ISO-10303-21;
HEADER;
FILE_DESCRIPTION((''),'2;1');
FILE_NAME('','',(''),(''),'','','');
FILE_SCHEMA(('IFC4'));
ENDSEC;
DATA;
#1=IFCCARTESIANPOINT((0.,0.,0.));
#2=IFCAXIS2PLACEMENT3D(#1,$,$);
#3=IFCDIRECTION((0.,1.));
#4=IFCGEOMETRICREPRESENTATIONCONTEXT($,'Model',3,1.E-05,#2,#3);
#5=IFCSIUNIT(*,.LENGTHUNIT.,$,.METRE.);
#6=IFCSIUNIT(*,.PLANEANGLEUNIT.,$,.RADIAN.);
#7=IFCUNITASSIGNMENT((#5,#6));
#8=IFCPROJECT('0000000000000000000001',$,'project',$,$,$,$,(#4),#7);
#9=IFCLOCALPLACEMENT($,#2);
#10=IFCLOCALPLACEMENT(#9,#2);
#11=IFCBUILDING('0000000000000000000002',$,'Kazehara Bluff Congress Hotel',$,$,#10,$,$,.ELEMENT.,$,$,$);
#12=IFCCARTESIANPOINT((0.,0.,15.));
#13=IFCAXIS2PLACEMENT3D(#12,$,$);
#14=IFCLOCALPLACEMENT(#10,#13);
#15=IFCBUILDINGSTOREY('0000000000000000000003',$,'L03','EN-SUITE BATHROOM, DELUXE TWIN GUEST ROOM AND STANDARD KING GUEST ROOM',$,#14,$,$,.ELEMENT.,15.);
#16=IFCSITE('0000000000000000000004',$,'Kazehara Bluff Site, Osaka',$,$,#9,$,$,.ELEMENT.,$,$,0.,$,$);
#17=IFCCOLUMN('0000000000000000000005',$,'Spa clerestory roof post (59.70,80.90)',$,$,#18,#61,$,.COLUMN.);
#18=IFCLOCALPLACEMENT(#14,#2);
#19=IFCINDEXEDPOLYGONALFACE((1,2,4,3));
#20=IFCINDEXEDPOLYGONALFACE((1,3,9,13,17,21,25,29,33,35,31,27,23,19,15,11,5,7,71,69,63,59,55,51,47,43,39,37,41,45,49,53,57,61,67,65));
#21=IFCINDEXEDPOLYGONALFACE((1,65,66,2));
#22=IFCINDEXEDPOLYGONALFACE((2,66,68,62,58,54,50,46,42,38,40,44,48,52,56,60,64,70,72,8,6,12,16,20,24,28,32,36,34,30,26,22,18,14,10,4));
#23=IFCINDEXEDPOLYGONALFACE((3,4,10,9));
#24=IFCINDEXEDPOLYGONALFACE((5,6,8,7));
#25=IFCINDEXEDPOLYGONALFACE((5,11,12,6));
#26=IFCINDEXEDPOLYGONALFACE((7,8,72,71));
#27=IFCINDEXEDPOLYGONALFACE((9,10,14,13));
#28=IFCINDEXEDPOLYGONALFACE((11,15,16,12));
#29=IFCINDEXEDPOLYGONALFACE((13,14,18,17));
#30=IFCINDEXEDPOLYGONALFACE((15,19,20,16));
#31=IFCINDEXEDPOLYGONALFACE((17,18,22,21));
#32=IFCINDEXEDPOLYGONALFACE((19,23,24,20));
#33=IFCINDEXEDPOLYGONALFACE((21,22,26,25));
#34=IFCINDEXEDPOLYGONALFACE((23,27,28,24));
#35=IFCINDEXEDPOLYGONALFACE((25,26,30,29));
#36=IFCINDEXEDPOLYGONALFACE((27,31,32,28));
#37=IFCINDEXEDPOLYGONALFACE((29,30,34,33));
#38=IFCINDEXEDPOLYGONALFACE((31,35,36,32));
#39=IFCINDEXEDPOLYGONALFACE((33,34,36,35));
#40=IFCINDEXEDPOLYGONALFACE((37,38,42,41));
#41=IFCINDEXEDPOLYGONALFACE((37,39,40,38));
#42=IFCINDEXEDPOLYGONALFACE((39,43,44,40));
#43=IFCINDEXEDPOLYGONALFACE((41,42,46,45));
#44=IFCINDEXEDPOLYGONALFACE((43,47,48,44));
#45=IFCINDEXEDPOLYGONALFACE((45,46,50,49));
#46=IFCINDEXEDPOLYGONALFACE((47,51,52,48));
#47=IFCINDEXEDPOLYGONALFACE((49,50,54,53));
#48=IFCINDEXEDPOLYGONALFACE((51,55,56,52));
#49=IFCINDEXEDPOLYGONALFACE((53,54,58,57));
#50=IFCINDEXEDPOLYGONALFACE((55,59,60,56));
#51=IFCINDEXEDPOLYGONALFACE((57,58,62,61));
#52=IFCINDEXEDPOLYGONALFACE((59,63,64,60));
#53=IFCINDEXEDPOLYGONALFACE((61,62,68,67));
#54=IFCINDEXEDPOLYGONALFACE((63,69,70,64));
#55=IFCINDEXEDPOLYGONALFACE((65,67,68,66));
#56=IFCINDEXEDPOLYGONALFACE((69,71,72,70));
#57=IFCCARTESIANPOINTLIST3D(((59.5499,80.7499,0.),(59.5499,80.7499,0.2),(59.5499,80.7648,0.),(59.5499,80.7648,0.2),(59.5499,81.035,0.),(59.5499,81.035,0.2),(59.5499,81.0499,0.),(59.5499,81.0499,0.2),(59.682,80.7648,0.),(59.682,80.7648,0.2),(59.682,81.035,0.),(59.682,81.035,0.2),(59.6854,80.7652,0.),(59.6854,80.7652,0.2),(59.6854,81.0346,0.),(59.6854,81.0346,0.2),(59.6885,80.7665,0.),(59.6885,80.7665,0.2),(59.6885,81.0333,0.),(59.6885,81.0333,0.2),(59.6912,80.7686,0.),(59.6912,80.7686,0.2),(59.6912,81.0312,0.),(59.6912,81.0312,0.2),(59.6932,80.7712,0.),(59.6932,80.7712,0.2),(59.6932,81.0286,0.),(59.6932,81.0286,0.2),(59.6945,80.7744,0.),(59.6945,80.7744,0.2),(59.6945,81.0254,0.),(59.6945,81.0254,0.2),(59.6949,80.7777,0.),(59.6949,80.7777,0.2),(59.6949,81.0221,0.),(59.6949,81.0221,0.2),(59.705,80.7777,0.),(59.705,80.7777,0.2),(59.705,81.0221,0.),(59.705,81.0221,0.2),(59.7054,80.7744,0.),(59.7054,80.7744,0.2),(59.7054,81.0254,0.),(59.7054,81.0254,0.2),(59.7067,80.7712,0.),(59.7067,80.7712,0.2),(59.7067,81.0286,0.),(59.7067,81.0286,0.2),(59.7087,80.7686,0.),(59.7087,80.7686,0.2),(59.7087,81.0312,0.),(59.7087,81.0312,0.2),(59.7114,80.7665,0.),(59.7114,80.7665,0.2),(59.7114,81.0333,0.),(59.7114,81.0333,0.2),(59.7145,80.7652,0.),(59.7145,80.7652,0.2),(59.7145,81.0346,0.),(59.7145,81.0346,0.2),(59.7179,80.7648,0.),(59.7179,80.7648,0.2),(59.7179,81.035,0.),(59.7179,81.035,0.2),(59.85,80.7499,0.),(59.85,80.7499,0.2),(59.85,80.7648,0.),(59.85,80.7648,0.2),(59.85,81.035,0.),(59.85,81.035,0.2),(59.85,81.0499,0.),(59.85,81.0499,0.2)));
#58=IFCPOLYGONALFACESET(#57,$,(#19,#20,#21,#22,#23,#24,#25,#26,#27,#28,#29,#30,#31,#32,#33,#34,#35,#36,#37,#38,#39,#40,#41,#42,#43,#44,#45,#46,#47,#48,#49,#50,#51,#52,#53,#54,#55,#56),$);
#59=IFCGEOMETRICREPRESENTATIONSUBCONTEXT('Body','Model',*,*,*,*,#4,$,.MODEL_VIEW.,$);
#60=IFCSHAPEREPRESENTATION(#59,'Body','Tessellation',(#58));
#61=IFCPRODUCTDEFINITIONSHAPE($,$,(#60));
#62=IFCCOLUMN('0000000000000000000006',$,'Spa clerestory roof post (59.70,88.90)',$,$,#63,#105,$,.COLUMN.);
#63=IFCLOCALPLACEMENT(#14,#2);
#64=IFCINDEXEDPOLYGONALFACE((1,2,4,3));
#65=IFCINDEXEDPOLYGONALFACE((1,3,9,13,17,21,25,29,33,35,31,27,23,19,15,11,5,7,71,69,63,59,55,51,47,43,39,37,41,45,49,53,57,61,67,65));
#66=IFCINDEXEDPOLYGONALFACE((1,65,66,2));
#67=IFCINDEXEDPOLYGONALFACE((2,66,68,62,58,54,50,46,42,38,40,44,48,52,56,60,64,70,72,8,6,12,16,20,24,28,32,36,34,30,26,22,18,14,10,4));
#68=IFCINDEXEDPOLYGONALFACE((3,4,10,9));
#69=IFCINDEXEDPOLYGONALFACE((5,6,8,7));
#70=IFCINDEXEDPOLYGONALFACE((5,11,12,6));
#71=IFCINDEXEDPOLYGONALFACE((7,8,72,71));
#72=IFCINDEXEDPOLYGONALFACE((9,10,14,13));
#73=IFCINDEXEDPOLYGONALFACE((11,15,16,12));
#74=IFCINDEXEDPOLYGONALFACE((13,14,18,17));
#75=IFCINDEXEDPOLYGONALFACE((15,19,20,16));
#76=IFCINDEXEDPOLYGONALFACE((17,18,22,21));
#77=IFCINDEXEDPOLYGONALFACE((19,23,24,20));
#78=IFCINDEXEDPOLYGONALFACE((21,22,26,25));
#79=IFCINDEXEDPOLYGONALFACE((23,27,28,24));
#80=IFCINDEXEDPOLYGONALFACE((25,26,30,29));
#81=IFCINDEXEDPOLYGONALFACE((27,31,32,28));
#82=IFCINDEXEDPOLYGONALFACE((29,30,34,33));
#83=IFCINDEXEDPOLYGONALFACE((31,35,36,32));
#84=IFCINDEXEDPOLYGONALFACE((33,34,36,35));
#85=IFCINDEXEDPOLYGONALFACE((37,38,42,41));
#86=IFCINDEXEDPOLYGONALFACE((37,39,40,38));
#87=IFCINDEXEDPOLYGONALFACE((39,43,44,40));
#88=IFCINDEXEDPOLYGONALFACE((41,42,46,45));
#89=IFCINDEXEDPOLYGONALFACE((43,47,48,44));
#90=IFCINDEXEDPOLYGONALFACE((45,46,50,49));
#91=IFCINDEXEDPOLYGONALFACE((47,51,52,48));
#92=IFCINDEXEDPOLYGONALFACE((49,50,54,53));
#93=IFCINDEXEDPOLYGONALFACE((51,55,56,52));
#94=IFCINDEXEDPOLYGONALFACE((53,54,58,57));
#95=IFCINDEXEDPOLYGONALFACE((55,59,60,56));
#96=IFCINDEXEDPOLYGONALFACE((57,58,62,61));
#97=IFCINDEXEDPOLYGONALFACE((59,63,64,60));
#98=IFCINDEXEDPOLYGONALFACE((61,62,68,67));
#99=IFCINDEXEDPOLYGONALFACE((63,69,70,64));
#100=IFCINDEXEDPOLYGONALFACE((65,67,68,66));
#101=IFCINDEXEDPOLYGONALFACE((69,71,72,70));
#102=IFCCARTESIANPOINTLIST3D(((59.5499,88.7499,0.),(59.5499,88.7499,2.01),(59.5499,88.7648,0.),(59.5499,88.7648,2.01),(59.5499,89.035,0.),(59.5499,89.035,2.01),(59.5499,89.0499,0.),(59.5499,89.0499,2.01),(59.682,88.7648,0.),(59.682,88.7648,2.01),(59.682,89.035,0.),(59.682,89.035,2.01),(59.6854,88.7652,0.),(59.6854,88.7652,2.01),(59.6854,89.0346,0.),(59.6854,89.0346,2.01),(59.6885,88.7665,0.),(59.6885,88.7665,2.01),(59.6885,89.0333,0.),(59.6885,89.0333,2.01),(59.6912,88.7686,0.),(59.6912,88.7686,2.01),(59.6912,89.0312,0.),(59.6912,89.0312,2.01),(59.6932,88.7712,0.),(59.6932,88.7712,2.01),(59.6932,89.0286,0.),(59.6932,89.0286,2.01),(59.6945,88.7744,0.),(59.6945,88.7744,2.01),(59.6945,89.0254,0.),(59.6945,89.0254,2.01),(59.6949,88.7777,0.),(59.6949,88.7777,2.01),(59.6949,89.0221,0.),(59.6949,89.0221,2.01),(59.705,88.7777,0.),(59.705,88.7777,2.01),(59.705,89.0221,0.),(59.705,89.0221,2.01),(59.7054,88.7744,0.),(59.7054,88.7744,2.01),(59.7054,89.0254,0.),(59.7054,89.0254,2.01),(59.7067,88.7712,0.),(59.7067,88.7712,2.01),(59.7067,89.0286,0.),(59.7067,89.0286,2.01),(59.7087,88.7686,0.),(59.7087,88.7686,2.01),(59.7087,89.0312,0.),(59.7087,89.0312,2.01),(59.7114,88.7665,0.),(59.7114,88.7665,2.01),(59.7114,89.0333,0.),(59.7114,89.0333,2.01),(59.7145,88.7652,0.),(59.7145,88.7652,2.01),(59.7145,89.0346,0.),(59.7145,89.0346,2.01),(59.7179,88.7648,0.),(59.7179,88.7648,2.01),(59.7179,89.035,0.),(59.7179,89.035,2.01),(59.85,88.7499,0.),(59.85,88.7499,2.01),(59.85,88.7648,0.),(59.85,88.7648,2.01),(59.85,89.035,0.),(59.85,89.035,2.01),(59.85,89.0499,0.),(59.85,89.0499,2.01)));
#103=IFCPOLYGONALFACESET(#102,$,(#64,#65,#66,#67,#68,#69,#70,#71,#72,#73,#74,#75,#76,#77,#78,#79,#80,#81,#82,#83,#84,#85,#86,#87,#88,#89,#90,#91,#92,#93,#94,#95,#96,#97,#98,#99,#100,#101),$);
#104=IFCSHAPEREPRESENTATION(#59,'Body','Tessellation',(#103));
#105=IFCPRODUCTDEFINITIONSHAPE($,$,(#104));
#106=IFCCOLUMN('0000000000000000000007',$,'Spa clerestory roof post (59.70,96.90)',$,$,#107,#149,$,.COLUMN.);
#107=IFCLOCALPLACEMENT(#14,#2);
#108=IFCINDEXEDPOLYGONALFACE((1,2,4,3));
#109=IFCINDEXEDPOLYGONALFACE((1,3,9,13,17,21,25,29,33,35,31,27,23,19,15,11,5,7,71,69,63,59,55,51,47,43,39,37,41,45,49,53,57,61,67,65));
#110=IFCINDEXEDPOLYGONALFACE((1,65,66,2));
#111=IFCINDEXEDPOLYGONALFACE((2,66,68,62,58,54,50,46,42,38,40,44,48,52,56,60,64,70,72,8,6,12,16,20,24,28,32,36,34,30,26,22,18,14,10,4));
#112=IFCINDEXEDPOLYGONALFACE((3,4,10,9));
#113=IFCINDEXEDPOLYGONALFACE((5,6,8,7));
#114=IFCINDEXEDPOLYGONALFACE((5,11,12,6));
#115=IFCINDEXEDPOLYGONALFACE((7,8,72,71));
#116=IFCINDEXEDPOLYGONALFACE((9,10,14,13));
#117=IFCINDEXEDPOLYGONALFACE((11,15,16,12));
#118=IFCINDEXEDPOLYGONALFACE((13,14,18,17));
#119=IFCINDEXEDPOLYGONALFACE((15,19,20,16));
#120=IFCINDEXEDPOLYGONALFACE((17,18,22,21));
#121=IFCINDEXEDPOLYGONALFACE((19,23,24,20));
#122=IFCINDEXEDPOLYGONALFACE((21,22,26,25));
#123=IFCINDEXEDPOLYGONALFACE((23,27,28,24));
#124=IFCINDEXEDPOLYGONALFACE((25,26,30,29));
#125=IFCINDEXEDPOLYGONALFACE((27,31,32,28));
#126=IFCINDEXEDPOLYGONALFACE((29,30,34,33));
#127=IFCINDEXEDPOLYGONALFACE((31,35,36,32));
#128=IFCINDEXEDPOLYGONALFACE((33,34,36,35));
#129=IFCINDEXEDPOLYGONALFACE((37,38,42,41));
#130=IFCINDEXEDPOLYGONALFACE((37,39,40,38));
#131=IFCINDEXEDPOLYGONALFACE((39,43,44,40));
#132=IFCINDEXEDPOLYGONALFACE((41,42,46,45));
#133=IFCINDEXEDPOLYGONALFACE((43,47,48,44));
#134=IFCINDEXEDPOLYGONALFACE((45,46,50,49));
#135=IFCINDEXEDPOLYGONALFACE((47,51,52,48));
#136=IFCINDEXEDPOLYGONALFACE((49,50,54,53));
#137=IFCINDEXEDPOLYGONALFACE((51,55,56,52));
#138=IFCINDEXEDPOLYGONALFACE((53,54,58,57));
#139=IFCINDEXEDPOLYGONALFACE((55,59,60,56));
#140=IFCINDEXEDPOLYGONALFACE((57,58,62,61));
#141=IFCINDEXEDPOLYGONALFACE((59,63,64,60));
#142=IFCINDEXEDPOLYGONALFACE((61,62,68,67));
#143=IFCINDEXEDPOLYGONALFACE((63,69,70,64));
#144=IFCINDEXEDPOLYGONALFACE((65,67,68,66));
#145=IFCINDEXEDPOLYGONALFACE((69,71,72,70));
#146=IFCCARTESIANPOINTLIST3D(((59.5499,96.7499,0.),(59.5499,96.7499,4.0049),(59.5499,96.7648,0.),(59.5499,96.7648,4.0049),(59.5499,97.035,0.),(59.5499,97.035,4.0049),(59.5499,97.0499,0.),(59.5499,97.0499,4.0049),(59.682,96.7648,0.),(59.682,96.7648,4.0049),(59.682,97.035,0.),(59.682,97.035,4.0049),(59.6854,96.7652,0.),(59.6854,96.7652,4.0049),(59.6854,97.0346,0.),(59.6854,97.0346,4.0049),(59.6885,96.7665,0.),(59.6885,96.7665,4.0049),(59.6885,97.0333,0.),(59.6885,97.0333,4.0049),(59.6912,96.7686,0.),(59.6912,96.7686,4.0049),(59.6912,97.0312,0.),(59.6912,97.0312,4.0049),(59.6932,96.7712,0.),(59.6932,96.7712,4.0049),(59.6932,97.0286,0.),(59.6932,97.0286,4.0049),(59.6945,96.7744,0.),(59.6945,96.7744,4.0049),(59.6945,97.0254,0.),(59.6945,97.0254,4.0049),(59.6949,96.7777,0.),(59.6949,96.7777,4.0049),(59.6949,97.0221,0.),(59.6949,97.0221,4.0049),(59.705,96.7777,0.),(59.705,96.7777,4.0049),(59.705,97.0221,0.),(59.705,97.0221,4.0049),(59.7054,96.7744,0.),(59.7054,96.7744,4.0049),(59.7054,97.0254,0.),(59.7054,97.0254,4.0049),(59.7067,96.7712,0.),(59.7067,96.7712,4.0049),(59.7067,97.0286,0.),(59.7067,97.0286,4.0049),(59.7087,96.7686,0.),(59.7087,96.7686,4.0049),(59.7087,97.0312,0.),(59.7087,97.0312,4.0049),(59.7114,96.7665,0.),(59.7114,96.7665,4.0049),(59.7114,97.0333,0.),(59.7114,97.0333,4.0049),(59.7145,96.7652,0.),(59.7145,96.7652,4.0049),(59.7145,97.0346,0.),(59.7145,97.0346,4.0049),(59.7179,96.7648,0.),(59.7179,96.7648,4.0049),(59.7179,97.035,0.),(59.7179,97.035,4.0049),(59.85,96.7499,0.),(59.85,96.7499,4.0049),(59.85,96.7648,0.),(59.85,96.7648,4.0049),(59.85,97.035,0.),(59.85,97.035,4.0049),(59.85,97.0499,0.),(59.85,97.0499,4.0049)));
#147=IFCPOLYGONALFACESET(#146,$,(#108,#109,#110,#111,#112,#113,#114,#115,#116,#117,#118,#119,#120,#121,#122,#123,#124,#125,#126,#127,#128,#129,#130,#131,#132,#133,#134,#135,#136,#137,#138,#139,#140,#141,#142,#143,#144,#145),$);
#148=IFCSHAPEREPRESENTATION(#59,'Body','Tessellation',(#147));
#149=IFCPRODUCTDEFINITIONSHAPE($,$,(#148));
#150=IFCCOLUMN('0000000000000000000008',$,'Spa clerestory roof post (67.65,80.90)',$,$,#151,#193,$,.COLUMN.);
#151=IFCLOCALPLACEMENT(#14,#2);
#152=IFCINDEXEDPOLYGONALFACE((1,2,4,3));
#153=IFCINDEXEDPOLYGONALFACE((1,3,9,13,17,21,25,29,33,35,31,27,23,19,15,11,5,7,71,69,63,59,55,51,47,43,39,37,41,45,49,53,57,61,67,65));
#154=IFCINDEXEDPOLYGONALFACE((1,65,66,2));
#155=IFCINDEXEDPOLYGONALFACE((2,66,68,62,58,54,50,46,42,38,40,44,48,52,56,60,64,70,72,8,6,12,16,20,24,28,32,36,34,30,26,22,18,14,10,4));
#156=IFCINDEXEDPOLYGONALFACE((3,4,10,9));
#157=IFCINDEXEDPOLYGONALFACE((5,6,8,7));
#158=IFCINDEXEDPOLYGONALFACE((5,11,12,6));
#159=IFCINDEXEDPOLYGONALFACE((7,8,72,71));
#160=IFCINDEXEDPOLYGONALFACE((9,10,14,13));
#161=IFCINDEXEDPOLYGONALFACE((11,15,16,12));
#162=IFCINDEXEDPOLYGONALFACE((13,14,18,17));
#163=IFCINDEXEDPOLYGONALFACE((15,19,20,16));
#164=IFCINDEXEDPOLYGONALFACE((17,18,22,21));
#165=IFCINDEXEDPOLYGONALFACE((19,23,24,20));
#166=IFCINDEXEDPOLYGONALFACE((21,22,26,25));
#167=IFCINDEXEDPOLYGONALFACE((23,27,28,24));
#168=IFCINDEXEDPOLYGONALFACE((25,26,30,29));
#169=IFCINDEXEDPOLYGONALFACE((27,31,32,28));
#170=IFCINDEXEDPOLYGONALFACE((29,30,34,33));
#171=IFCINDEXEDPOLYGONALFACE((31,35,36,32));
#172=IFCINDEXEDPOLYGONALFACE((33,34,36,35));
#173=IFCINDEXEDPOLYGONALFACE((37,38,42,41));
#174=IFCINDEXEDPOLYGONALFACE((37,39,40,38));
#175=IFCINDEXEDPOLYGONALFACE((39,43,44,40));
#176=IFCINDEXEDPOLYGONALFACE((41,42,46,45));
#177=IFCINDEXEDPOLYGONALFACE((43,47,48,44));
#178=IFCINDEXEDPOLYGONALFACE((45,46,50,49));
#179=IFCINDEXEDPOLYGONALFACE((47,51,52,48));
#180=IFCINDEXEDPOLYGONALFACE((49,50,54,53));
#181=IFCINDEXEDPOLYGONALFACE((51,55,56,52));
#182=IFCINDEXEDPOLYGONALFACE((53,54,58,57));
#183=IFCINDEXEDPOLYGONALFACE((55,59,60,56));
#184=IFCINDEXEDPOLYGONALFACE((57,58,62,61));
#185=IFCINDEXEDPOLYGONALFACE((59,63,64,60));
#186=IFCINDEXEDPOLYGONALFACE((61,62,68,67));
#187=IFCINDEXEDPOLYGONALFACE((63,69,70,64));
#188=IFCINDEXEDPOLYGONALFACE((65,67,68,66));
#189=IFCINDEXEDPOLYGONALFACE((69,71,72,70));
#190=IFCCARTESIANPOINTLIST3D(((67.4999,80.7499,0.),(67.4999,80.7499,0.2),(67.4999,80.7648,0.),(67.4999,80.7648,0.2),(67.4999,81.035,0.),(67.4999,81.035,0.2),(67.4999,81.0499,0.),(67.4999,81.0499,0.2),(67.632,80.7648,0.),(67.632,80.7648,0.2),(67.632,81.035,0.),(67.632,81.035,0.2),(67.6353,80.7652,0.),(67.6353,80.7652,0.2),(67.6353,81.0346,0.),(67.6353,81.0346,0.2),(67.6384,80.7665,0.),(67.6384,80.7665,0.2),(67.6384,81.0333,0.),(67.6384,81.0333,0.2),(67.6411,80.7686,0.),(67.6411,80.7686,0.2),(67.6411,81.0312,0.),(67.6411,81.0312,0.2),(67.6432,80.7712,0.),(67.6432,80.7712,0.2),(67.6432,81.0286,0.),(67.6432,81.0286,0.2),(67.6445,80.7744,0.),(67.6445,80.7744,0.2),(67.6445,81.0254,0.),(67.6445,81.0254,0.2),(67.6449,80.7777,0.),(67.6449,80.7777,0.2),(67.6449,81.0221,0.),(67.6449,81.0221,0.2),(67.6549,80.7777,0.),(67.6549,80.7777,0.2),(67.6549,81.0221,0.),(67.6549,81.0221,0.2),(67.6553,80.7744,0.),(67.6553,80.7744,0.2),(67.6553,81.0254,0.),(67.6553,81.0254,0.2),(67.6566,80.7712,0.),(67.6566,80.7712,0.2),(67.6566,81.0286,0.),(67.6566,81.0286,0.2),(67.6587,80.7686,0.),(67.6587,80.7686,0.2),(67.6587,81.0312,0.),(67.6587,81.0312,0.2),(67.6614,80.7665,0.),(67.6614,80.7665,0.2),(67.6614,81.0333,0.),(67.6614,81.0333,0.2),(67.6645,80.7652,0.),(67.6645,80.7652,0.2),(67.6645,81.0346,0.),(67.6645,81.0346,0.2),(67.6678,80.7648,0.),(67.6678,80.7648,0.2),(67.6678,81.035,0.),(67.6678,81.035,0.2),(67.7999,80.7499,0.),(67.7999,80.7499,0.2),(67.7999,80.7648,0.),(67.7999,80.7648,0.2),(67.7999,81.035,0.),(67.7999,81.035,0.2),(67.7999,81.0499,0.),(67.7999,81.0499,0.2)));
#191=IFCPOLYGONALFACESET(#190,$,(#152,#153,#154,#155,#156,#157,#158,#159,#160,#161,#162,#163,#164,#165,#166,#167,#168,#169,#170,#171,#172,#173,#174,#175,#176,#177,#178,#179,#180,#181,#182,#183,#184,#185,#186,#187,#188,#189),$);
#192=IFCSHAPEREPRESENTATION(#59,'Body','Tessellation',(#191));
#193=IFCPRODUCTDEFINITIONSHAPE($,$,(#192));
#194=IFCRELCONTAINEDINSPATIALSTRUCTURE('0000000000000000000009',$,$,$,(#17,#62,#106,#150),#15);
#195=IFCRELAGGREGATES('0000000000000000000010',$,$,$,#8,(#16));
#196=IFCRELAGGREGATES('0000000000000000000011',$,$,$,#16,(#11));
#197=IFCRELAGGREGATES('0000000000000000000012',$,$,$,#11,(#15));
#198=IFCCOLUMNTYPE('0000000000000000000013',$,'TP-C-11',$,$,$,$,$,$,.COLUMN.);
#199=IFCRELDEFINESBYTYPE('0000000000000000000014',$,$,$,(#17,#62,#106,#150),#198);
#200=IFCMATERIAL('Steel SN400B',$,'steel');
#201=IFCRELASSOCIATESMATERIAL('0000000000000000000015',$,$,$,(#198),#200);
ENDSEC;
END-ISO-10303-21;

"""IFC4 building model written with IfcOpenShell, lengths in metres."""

from ifc_helpers import new_model, si_unit, direction, frame, origin, origin_2d, place, context, subcontext, project, spatial, i_section, extrude, material, material_profile, profile_set, type_object, element, save


model = new_model("IFC4")

# Units and contexts
model_context = context("Model", 3, precision=1e-05, world=origin(), true_north=direction((0.0, 1.0)))
body_context = subcontext(model_context, "Body", "Model", "MODEL_VIEW")
ifc_project = project(units=[si_unit("LENGTHUNIT", "METRE"), si_unit("PLANEANGLEUNIT", "RADIAN")], contexts=[model_context])

# Site, building, storey
site_placement = place(None, origin())
site = spatial("IfcSite", under=ifc_project, at=site_placement, Name="Kazehara Bluff Site, Osaka", CompositionType="ELEMENT", RefElevation=0.0)
building_placement = place(site_placement, origin())
building = spatial("IfcBuilding", under=site, at=building_placement, Name="Kazehara Bluff Congress Hotel", CompositionType="ELEMENT")
storey_placement = place(building_placement, frame((0.0, 0.0, 15.0)))
storey = spatial("IfcBuildingStorey", under=building, at=storey_placement, Name="L03", Description="EN-SUITE BATHROOM, DELUXE TWIN GUEST ROOM AND STANDARD KING GUEST ROOM", CompositionType="ELEMENT", Elevation=15.0)

# Columns
ifc_material_1 = material(Name="Steel SN400B", Category="steel")
ifc_material_profile_1 = material_profile(ifc_material_1, i_section(OverallWidth=0.3, OverallDepth=0.3, WebThickness=0.01, FlangeThickness=0.0149, FilletRadius=0.0129, at=origin_2d()))
ifc_profile_set_1 = profile_set([ifc_material_profile_1], Name="Steel SN400B")
column_type = type_object("IfcColumnType", Name="TP-C-11", PredefinedType="COLUMN", material=ifc_profile_set_1)
column_1_placement = place(storey_placement, frame((59.7, 80.8999, 0.0), z_axis=(0.0, 0.0, 1.0), x_axis=(1.0, 0.0, 0.0)))
element("IfcColumn", 1, at=column_1_placement, inside=storey, type_object=column_type, Name="Spa clerestory roof post (59.70,80.90)", PredefinedType="COLUMN", context=body_context, shape_type="SweptSolid", body=[
    extrude(i_section(OverallWidth=0.3, OverallDepth=0.3, WebThickness=0.01, FlangeThickness=0.0149, FilletRadius=0.0129, at=origin_2d()), origin(), (0.0, 0.0, 1.0), 0.2),
])
column_2_placement = place(storey_placement, frame((59.7, 88.8999, 0.0), z_axis=(0.0, 0.0, 1.0), x_axis=(1.0, 0.0, 0.0)))
element("IfcColumn", 2, at=column_2_placement, inside=storey, type_object=column_type, Name="Spa clerestory roof post (59.70,88.90)", PredefinedType="COLUMN", context=body_context, shape_type="SweptSolid", body=[
    extrude(i_section(OverallWidth=0.3, OverallDepth=0.3, WebThickness=0.01, FlangeThickness=0.0149, FilletRadius=0.0129, at=origin_2d()), origin(), (0.0, 0.0, 1.0), 2.01),
])
column_3_placement = place(storey_placement, frame((59.7, 96.8999, 0.0), z_axis=(0.0, 0.0, 1.0), x_axis=(1.0, 0.0, 0.0)))
element("IfcColumn", 3, at=column_3_placement, inside=storey, type_object=column_type, Name="Spa clerestory roof post (59.70,96.90)", PredefinedType="COLUMN", context=body_context, shape_type="SweptSolid", body=[
    extrude(i_section(OverallWidth=0.3, OverallDepth=0.3, WebThickness=0.01, FlangeThickness=0.0149, FilletRadius=0.0129, at=origin_2d()), origin(), (0.0, 0.0, 1.0), 4.0049),
])
column_4_placement = place(storey_placement, frame((67.6499, 80.8999, 0.0), z_axis=(0.0, 0.0, 1.0), x_axis=(1.0, 0.0, 0.0)))
element("IfcColumn", 4, at=column_4_placement, inside=storey, type_object=column_type, Name="Spa clerestory roof post (67.65,80.90)", PredefinedType="COLUMN", context=body_context, shape_type="SweptSolid", body=[
    extrude(i_section(OverallWidth=0.3, OverallDepth=0.3, WebThickness=0.01, FlangeThickness=0.0149, FilletRadius=0.0129, at=origin_2d()), origin(), (0.0, 0.0, 1.0), 0.2),
])

save(model, "model.ifc")
